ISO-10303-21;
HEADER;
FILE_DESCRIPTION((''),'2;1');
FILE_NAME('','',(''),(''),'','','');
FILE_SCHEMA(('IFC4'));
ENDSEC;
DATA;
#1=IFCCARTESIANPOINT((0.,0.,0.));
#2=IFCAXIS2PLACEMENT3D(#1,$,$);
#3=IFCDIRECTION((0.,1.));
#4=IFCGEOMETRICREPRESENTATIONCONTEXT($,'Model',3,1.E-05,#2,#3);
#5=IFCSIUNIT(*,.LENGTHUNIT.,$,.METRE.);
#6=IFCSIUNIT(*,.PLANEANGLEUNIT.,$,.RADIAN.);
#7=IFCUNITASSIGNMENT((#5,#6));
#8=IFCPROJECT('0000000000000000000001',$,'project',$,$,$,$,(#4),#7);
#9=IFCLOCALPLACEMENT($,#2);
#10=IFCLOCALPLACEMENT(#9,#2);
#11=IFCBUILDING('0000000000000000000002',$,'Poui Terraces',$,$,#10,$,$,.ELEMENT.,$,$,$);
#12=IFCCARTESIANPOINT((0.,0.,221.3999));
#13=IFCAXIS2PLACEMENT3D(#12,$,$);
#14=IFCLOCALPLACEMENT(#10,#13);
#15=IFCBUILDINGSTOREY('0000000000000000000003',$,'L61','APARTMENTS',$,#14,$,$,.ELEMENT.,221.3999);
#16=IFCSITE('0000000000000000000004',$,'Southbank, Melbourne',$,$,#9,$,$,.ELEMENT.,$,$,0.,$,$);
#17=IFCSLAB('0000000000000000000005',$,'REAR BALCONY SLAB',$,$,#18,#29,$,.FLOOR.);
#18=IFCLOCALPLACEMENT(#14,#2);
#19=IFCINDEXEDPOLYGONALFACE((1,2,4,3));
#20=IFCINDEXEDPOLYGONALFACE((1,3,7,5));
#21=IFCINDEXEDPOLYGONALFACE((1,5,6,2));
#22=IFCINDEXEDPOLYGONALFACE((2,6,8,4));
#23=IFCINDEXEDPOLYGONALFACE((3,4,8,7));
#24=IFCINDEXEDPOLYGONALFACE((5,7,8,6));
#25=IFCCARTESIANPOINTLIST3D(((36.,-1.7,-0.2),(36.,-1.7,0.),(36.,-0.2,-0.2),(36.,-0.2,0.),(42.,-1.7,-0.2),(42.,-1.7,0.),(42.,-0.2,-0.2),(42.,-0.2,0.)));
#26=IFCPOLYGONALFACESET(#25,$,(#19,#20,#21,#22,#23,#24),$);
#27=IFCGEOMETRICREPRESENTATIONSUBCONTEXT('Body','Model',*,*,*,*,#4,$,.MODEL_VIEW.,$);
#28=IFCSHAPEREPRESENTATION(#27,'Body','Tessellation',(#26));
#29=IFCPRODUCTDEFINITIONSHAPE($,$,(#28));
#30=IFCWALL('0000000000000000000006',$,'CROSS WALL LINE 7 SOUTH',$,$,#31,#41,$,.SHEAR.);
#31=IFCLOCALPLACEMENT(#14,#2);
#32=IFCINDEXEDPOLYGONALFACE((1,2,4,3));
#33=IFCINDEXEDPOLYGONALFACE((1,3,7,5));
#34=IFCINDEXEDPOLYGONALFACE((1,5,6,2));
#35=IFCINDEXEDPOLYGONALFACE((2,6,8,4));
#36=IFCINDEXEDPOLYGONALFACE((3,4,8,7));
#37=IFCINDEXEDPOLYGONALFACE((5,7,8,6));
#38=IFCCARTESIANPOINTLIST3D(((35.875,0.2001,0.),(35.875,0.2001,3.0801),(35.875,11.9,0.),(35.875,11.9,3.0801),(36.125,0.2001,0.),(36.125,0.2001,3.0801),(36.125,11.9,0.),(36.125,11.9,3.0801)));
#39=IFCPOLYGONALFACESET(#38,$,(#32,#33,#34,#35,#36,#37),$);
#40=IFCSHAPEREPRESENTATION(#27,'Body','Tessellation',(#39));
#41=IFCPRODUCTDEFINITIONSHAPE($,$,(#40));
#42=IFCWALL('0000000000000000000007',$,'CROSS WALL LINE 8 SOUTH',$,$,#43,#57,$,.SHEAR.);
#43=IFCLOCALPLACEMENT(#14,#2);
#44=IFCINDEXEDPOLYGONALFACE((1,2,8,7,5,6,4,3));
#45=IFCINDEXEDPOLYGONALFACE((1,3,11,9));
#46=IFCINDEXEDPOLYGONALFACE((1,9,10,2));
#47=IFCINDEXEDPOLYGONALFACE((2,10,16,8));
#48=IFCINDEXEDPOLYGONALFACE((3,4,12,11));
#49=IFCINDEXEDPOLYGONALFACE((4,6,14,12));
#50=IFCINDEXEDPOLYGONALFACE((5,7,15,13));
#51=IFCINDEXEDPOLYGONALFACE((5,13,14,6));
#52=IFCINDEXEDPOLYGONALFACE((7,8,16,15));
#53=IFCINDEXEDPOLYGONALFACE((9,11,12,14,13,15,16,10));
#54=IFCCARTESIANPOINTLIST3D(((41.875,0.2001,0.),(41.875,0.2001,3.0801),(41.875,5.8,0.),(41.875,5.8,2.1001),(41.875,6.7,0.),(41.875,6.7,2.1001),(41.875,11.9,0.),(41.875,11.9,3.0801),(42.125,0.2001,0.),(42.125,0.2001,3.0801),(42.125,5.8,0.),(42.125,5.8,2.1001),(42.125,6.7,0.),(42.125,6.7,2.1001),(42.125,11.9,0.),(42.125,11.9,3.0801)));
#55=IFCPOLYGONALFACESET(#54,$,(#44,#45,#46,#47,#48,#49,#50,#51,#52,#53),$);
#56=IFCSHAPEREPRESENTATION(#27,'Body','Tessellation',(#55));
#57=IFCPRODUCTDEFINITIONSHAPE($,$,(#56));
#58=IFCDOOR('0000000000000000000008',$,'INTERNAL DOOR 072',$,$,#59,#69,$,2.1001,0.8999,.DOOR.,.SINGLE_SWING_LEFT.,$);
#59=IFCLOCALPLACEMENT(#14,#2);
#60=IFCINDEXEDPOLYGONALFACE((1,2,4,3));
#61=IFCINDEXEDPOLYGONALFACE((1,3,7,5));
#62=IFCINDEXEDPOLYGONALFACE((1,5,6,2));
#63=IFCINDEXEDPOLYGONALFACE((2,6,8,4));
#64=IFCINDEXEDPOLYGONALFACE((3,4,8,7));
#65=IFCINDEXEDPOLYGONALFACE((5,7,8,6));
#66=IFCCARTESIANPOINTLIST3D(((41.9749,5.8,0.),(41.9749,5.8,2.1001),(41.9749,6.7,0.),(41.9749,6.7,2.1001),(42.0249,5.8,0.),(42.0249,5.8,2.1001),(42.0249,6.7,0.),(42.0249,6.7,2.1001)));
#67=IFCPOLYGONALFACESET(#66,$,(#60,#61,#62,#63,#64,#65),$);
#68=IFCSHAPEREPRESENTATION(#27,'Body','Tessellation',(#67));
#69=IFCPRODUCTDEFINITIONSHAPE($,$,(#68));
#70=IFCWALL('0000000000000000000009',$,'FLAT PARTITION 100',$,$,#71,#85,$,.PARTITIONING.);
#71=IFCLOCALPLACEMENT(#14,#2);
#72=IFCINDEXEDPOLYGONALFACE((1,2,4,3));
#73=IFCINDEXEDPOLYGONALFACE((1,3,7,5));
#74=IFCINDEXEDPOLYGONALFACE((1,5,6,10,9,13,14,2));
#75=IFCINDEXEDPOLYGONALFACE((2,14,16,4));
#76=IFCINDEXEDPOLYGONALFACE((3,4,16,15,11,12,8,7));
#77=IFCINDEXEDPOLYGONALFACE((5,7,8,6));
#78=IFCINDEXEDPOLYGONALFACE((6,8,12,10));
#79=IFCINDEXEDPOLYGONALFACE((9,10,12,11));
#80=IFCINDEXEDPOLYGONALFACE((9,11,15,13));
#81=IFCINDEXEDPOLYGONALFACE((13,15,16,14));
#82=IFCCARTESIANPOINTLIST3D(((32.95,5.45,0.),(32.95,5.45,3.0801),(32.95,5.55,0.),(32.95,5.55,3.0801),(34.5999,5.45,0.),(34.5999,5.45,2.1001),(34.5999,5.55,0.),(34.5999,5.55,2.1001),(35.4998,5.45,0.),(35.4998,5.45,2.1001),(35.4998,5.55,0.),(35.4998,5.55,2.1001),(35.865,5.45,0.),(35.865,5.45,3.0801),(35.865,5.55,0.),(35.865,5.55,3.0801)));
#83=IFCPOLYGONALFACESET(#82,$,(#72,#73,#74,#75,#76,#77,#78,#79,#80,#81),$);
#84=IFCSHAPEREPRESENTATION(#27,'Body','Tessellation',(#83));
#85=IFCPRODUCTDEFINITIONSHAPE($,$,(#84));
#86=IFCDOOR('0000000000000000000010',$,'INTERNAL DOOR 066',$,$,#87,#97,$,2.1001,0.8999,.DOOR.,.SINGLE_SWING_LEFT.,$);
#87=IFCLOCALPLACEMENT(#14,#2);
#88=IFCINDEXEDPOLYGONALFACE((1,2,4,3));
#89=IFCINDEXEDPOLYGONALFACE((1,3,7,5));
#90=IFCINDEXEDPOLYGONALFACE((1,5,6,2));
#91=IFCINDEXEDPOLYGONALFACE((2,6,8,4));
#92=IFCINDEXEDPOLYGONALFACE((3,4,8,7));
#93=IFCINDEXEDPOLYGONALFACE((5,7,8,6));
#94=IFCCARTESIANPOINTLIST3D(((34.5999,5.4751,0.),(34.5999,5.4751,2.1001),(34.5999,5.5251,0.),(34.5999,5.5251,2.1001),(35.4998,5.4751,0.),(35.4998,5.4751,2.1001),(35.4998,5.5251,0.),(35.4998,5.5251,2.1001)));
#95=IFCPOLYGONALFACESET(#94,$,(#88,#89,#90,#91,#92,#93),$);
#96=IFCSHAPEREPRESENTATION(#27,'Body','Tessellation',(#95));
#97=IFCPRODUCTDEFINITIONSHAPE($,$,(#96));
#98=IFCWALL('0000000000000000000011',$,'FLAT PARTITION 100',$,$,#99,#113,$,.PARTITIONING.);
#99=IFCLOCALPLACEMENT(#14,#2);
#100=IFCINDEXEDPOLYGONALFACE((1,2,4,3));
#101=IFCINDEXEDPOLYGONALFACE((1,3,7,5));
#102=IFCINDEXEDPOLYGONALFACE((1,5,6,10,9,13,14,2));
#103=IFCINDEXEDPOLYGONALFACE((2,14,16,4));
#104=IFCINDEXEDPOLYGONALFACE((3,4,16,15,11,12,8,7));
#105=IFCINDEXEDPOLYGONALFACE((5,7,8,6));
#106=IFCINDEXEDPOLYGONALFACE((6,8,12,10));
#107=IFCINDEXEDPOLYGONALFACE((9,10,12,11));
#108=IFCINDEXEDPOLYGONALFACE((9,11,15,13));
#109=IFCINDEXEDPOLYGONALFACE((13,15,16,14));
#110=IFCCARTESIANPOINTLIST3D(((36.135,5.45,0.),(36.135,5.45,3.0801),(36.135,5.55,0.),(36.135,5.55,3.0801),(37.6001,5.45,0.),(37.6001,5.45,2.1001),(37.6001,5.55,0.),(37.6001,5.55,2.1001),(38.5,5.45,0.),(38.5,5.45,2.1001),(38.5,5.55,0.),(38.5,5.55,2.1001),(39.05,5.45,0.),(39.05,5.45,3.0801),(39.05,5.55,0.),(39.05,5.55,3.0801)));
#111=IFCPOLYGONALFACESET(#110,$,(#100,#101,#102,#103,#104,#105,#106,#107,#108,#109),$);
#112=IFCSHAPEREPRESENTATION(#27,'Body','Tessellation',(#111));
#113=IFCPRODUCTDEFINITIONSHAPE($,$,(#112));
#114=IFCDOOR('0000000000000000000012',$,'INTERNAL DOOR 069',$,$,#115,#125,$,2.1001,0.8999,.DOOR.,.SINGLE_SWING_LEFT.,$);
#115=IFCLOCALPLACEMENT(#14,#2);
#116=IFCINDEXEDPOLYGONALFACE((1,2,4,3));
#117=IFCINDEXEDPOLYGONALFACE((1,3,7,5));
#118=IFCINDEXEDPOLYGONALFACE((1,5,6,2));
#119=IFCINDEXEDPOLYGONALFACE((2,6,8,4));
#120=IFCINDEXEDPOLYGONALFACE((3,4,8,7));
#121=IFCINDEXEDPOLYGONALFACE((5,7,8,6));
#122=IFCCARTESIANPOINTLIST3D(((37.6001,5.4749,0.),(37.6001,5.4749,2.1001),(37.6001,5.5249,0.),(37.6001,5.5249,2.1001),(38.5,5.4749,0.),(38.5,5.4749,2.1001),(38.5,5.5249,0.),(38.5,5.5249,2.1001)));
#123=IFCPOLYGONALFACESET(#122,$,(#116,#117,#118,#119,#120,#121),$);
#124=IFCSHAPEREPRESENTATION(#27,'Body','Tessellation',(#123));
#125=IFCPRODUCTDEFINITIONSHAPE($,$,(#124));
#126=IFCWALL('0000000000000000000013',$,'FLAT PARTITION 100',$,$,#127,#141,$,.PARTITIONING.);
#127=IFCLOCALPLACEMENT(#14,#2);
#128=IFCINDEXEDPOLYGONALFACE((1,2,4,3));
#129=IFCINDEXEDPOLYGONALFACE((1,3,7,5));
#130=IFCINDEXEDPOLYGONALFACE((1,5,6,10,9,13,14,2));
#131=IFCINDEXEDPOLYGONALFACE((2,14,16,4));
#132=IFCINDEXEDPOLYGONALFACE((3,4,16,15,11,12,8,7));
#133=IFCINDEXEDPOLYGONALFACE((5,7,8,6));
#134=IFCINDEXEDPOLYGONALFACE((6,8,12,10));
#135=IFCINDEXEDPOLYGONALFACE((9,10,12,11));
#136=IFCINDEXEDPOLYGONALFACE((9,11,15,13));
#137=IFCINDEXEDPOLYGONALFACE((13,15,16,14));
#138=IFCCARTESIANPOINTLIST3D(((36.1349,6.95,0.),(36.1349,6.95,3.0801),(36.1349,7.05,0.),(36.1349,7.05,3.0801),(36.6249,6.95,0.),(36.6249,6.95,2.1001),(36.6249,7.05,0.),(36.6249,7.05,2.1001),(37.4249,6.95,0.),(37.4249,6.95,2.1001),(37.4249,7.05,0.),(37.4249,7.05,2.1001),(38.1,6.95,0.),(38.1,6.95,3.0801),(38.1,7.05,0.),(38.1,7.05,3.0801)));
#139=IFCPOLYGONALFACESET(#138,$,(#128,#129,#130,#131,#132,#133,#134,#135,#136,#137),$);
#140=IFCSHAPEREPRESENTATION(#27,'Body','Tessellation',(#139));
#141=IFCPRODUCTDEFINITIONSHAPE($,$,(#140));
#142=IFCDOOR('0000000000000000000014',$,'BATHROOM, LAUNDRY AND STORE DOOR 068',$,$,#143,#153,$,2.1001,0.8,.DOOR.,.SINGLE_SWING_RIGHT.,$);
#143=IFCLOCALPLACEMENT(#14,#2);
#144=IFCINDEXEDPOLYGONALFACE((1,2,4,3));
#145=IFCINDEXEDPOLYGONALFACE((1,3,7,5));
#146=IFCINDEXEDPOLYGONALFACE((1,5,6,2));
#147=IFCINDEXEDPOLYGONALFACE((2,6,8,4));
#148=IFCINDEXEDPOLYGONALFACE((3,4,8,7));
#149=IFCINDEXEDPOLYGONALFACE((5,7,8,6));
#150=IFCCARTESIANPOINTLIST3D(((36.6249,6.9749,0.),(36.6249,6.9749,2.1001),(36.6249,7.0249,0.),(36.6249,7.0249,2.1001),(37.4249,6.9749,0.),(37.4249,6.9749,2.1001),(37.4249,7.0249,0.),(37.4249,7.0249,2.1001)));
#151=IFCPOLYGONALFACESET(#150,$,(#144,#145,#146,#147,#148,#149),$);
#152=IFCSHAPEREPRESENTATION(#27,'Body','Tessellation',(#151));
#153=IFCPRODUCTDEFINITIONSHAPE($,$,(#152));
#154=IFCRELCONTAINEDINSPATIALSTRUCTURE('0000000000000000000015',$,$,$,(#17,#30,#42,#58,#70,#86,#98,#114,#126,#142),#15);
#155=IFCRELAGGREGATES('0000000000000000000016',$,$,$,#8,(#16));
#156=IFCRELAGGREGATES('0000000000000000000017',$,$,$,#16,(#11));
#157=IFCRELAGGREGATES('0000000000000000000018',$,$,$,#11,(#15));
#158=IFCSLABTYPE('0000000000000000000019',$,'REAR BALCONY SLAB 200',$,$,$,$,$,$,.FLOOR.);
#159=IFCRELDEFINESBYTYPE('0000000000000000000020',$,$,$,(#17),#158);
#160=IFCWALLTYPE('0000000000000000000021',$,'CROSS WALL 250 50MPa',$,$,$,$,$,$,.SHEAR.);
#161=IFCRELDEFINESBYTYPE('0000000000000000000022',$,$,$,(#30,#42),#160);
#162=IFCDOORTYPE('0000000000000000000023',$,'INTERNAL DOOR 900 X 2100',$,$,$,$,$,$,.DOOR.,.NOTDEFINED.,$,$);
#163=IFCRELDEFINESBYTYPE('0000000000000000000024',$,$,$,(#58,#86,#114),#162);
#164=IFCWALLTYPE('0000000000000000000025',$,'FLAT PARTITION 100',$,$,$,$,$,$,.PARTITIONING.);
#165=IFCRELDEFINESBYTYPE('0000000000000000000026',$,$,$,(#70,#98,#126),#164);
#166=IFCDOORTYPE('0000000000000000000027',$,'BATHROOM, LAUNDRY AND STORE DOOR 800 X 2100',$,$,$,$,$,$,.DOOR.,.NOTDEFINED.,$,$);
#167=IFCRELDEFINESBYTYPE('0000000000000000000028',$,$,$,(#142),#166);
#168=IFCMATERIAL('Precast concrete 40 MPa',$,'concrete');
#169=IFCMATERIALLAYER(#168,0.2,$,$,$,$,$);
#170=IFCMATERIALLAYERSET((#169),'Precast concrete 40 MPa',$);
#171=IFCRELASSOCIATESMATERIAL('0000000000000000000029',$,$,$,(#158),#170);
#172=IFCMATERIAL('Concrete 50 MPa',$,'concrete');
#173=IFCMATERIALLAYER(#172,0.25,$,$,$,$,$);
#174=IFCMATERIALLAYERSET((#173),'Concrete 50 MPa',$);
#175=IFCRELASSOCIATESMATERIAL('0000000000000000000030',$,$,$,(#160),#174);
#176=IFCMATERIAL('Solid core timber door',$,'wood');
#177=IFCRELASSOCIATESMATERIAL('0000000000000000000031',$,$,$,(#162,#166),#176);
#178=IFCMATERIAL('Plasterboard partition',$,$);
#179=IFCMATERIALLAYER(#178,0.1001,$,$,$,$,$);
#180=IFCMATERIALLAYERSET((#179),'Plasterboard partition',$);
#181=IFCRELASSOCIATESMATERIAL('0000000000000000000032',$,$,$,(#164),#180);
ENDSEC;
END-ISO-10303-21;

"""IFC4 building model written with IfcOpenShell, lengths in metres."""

from ifc_helpers import new_model, si_unit, direction, frame, frame_2d, origin, place, context, subcontext, project, spatial, polyline, rectangle, outline, extrude, source, transform, mapped, material, layer, layer_set, type_object, element, fill, save


model = new_model("IFC4")

# Units and contexts
model_context = context("Model", 3, precision=1e-05, world=origin(), true_north=direction((0.0, 1.0)))
body_context = subcontext(model_context, "Body", "Model", "MODEL_VIEW")
ifc_project = project(units=[si_unit("LENGTHUNIT", "METRE"), si_unit("PLANEANGLEUNIT", "RADIAN")], contexts=[model_context])

# Site, building, storey
site_placement = place(None, origin())
site = spatial("IfcSite", under=ifc_project, at=site_placement, Name="Southbank, Melbourne", CompositionType="ELEMENT", RefElevation=0.0)
building_placement = place(site_placement, origin())
building = spatial("IfcBuilding", under=site, at=building_placement, Name="Poui Terraces", CompositionType="ELEMENT")
storey_placement = place(building_placement, frame((0.0, 0.0, 221.3999)))
storey = spatial("IfcBuildingStorey", under=building, at=storey_placement, Name="L61", Description="APARTMENTS", CompositionType="ELEMENT", Elevation=221.3999)

# Slab
ifc_material_1 = material(Name="Precast concrete 40 MPa", Category="concrete")
ifc_layer_1 = layer(ifc_material_1, 0.2)
ifc_layer_set_1 = layer_set([ifc_layer_1], Name="Precast concrete 40 MPa")
slab_type = type_object("IfcSlabType", Name="REAR BALCONY SLAB 200", PredefinedType="FLOOR", material=ifc_layer_set_1)
shared_shape_1 = source(origin(), body_context, "Body", "SweptSolid", [
    extrude(outline(polyline([(0.0, 0.0), (6.0, 0.0), (6.0, 1.5), (0.0, 1.5), (0.0, 0.0)])), origin(), (0.0, 0.0, 1.0), 0.2),
])
slab_placement = place(storey_placement, frame((36.0, -1.7, -0.2)))
element("IfcSlab", 1, at=slab_placement, inside=storey, type_object=slab_type, Name="REAR BALCONY SLAB", PredefinedType="FLOOR", context=body_context, shape_type="MappedRepresentation", body=[
    mapped(shared_shape_1, transform((0.0, 0.0, 0.0))),
])

# Wall
ifc_material_2 = material(Name="Concrete 50 MPa", Category="concrete")
ifc_layer_2 = layer(ifc_material_2, 0.25)
ifc_layer_set_2 = layer_set([ifc_layer_2], Name="Concrete 50 MPa")
wall_type_1 = type_object("IfcWallType", Name="CROSS WALL 250 50MPa", PredefinedType="SHEAR", material=ifc_layer_set_2)
wall_1_placement = place(storey_placement, frame((36.0, 0.2, 0.0), z_axis=(0.0, 0.0, 1.0), x_axis=(0.0, 1.0, 0.0)))
element("IfcWall", 2, at=wall_1_placement, inside=storey, type_object=wall_type_1, Name="CROSS WALL LINE 7 SOUTH", PredefinedType="SHEAR", context=body_context, shape_type="SweptSolid", body=[
    extrude(rectangle(XDim=11.7, YDim=0.25, at=frame_2d((5.8501, 0.0))), origin(), (0.0, 0.0, 1.0), 3.0801),
])

# Walls, openings, doors
wall_2_placement = place(storey_placement, frame((42.0, 0.2, 0.0), z_axis=(0.0, 0.0, 1.0), x_axis=(0.0, 1.0, 0.0)))
wall_2 = element("IfcWall", 3, at=wall_2_placement, inside=storey, type_object=wall_type_1, Name="CROSS WALL LINE 8 SOUTH", PredefinedType="SHEAR", context=body_context, shape_type="SweptSolid", body=[
    extrude(rectangle(XDim=11.7, YDim=0.25, at=frame_2d((5.8501, 0.0))), origin(), (0.0, 0.0, 1.0), 3.0801),
])
opening_1_placement = place(wall_2_placement, frame((5.6001, 0.0, 0.0)))
opening_1 = element("IfcOpeningElement", 4, at=opening_1_placement, cuts=wall_2, PredefinedType="OPENING", context=body_context, shape_type="SweptSolid", body=[
    extrude(rectangle(XDim=0.8999, YDim=2.1001, at=frame_2d((0.45, 1.05))), frame((0.0, 0.135, 0.0), z_axis=(0.0, -1.0, 0.0), x_axis=(1.0, 0.0, 0.0)), (0.0, 0.0, 1.0), 0.27),
])
ifc_material_3 = material(Name="Solid core timber door", Category="wood")
door_type_1 = type_object("IfcDoorType", Name="INTERNAL DOOR 900 X 2100", OperationType="NOTDEFINED", PredefinedType="DOOR", material=ifc_material_3)
door_1_placement = place(opening_1_placement, frame((0.8999, 0.0, 0.0), z_axis=(0.0, 0.0, 1.0), x_axis=(-1.0, 0.0, 0.0)))
door_1 = element("IfcDoor", 5, at=door_1_placement, inside=storey, type_object=door_type_1, Name="INTERNAL DOOR 072", OperationType="SINGLE_SWING_LEFT", OverallHeight=2.1001, OverallWidth=0.8999, PredefinedType="DOOR", context=body_context, shape_type="SweptSolid", body=[
    extrude(rectangle(XDim=0.8999, YDim=2.1001, at=frame_2d((0.45, 1.05))), frame((0.0, 0.0249, 0.0), z_axis=(0.0, -1.0, 0.0), x_axis=(1.0, 0.0, 0.0)), (0.0, 0.0, 1.0), 0.05),
])
fill(opening_1, door_1)
ifc_material_4 = material(Name="Plasterboard partition")
ifc_layer_3 = layer(ifc_material_4, 0.1001)
ifc_layer_set_3 = layer_set([ifc_layer_3], Name="Plasterboard partition")
wall_type_2 = type_object("IfcWallType", Name="FLAT PARTITION 100", PredefinedType="PARTITIONING", material=ifc_layer_set_3)
wall_3_placement = place(storey_placement, frame((32.95, 5.5, 0.0), z_axis=(0.0, 0.0, 1.0), x_axis=(1.0, 0.0, 0.0)))
wall_3 = element("IfcWall", 6, at=wall_3_placement, inside=storey, type_object=wall_type_2, Name="FLAT PARTITION 100", PredefinedType="PARTITIONING", context=body_context, shape_type="SweptSolid", body=[
    extrude(rectangle(XDim=2.915, YDim=0.1001, at=frame_2d((1.4575, 0.0))), origin(), (0.0, 0.0, 1.0), 3.0801),
])
opening_2_placement = place(wall_3_placement, frame((1.6499, 0.0, 0.0)))
opening_2 = element("IfcOpeningElement", 7, at=opening_2_placement, cuts=wall_3, PredefinedType="OPENING", context=body_context, shape_type="SweptSolid", body=[
    extrude(rectangle(XDim=0.8999, YDim=2.1001, at=frame_2d((0.45, 1.05))), frame((0.0, 0.0601, 0.0), z_axis=(0.0, -1.0, 0.0), x_axis=(1.0, 0.0, 0.0)), (0.0, 0.0, 1.0), 0.1201),
])
door_2_placement = place(opening_2_placement, frame((0.8999, 0.0, 0.0), z_axis=(0.0, 0.0, 1.0), x_axis=(-1.0, 0.0, 0.0)))
door_2 = element("IfcDoor", 8, at=door_2_placement, inside=storey, type_object=door_type_1, Name="INTERNAL DOOR 066", OperationType="SINGLE_SWING_LEFT", OverallHeight=2.1001, OverallWidth=0.8999, PredefinedType="DOOR", context=body_context, shape_type="SweptSolid", body=[
    extrude(rectangle(XDim=0.8999, YDim=2.1001, at=frame_2d((0.45, 1.05))), frame((0.0, 0.0249, 0.0), z_axis=(0.0, -1.0, 0.0), x_axis=(1.0, 0.0, 0.0)), (0.0, 0.0, 1.0), 0.05),
])
fill(opening_2, door_2)
wall_4_placement = place(storey_placement, frame((36.135, 5.5, 0.0), z_axis=(0.0, 0.0, 1.0), x_axis=(1.0, 0.0, 0.0)))
wall_4 = element("IfcWall", 9, at=wall_4_placement, inside=storey, type_object=wall_type_2, Name="FLAT PARTITION 100", PredefinedType="PARTITIONING", context=body_context, shape_type="SweptSolid", body=[
    extrude(rectangle(XDim=2.915, YDim=0.1001, at=frame_2d((1.4575, 0.0))), origin(), (0.0, 0.0, 1.0), 3.0801),
])
opening_3_placement = place(wall_4_placement, frame((1.4651, 0.0, 0.0)))
opening_3 = element("IfcOpeningElement", 10, at=opening_3_placement, cuts=wall_4, PredefinedType="OPENING", context=body_context, shape_type="SweptSolid", body=[
    extrude(rectangle(XDim=0.8999, YDim=2.1001, at=frame_2d((0.45, 1.05))), frame((0.0, 0.0601, 0.0), z_axis=(0.0, -1.0, 0.0), x_axis=(1.0, 0.0, 0.0)), (0.0, 0.0, 1.0), 0.1201),
])
door_3_placement = place(opening_3_placement, origin())
door_3 = element("IfcDoor", 11, at=door_3_placement, inside=storey, type_object=door_type_1, Name="INTERNAL DOOR 069", OperationType="SINGLE_SWING_LEFT", OverallHeight=2.1001, OverallWidth=0.8999, PredefinedType="DOOR", context=body_context, shape_type="SweptSolid", body=[
    extrude(rectangle(XDim=0.8999, YDim=2.1001, at=frame_2d((0.45, 1.05))), frame((0.0, 0.0249, 0.0), z_axis=(0.0, -1.0, 0.0), x_axis=(1.0, 0.0, 0.0)), (0.0, 0.0, 1.0), 0.05),
])
fill(opening_3, door_3)
wall_5_placement = place(storey_placement, frame((36.135, 7.0, 0.0), z_axis=(0.0, 0.0, 1.0), x_axis=(1.0, 0.0, 0.0)))
wall_5 = element("IfcWall", 12, at=wall_5_placement, inside=storey, type_object=wall_type_2, Name="FLAT PARTITION 100", PredefinedType="PARTITIONING", context=body_context, shape_type="SweptSolid", body=[
    extrude(rectangle(XDim=1.9651, YDim=0.1001, at=frame_2d((0.9824, 0.0))), origin(), (0.0, 0.0, 1.0), 3.0801),
])
opening_4_placement = place(wall_5_placement, frame((0.49, 0.0, 0.0)))
opening_4 = element("IfcOpeningElement", 13, at=opening_4_placement, cuts=wall_5, PredefinedType="OPENING", context=body_context, shape_type="SweptSolid", body=[
    extrude(rectangle(XDim=0.8, YDim=2.1001, at=frame_2d((0.3999, 1.05))), frame((0.0, 0.0601, 0.0), z_axis=(0.0, -1.0, 0.0), x_axis=(1.0, 0.0, 0.0)), (0.0, 0.0, 1.0), 0.1201),
])
door_type_2 = type_object("IfcDoorType", Name="BATHROOM, LAUNDRY AND STORE DOOR 800 X 2100", OperationType="NOTDEFINED", PredefinedType="DOOR", material=ifc_material_3)
door_4_placement = place(opening_4_placement, origin())
door_4 = element("IfcDoor", 14, at=door_4_placement, inside=storey, type_object=door_type_2, Name="BATHROOM, LAUNDRY AND STORE DOOR 068", OperationType="SINGLE_SWING_RIGHT", OverallHeight=2.1001, OverallWidth=0.8, PredefinedType="DOOR", context=body_context, shape_type="SweptSolid", body=[
    extrude(rectangle(XDim=0.8, YDim=2.1001, at=frame_2d((0.3999, 1.05))), frame((0.0, 0.0249, 0.0), z_axis=(0.0, -1.0, 0.0), x_axis=(1.0, 0.0, 0.0)), (0.0, 0.0, 1.0), 0.05),
])
fill(opening_4, door_4)

save(model, "model.ifc")
